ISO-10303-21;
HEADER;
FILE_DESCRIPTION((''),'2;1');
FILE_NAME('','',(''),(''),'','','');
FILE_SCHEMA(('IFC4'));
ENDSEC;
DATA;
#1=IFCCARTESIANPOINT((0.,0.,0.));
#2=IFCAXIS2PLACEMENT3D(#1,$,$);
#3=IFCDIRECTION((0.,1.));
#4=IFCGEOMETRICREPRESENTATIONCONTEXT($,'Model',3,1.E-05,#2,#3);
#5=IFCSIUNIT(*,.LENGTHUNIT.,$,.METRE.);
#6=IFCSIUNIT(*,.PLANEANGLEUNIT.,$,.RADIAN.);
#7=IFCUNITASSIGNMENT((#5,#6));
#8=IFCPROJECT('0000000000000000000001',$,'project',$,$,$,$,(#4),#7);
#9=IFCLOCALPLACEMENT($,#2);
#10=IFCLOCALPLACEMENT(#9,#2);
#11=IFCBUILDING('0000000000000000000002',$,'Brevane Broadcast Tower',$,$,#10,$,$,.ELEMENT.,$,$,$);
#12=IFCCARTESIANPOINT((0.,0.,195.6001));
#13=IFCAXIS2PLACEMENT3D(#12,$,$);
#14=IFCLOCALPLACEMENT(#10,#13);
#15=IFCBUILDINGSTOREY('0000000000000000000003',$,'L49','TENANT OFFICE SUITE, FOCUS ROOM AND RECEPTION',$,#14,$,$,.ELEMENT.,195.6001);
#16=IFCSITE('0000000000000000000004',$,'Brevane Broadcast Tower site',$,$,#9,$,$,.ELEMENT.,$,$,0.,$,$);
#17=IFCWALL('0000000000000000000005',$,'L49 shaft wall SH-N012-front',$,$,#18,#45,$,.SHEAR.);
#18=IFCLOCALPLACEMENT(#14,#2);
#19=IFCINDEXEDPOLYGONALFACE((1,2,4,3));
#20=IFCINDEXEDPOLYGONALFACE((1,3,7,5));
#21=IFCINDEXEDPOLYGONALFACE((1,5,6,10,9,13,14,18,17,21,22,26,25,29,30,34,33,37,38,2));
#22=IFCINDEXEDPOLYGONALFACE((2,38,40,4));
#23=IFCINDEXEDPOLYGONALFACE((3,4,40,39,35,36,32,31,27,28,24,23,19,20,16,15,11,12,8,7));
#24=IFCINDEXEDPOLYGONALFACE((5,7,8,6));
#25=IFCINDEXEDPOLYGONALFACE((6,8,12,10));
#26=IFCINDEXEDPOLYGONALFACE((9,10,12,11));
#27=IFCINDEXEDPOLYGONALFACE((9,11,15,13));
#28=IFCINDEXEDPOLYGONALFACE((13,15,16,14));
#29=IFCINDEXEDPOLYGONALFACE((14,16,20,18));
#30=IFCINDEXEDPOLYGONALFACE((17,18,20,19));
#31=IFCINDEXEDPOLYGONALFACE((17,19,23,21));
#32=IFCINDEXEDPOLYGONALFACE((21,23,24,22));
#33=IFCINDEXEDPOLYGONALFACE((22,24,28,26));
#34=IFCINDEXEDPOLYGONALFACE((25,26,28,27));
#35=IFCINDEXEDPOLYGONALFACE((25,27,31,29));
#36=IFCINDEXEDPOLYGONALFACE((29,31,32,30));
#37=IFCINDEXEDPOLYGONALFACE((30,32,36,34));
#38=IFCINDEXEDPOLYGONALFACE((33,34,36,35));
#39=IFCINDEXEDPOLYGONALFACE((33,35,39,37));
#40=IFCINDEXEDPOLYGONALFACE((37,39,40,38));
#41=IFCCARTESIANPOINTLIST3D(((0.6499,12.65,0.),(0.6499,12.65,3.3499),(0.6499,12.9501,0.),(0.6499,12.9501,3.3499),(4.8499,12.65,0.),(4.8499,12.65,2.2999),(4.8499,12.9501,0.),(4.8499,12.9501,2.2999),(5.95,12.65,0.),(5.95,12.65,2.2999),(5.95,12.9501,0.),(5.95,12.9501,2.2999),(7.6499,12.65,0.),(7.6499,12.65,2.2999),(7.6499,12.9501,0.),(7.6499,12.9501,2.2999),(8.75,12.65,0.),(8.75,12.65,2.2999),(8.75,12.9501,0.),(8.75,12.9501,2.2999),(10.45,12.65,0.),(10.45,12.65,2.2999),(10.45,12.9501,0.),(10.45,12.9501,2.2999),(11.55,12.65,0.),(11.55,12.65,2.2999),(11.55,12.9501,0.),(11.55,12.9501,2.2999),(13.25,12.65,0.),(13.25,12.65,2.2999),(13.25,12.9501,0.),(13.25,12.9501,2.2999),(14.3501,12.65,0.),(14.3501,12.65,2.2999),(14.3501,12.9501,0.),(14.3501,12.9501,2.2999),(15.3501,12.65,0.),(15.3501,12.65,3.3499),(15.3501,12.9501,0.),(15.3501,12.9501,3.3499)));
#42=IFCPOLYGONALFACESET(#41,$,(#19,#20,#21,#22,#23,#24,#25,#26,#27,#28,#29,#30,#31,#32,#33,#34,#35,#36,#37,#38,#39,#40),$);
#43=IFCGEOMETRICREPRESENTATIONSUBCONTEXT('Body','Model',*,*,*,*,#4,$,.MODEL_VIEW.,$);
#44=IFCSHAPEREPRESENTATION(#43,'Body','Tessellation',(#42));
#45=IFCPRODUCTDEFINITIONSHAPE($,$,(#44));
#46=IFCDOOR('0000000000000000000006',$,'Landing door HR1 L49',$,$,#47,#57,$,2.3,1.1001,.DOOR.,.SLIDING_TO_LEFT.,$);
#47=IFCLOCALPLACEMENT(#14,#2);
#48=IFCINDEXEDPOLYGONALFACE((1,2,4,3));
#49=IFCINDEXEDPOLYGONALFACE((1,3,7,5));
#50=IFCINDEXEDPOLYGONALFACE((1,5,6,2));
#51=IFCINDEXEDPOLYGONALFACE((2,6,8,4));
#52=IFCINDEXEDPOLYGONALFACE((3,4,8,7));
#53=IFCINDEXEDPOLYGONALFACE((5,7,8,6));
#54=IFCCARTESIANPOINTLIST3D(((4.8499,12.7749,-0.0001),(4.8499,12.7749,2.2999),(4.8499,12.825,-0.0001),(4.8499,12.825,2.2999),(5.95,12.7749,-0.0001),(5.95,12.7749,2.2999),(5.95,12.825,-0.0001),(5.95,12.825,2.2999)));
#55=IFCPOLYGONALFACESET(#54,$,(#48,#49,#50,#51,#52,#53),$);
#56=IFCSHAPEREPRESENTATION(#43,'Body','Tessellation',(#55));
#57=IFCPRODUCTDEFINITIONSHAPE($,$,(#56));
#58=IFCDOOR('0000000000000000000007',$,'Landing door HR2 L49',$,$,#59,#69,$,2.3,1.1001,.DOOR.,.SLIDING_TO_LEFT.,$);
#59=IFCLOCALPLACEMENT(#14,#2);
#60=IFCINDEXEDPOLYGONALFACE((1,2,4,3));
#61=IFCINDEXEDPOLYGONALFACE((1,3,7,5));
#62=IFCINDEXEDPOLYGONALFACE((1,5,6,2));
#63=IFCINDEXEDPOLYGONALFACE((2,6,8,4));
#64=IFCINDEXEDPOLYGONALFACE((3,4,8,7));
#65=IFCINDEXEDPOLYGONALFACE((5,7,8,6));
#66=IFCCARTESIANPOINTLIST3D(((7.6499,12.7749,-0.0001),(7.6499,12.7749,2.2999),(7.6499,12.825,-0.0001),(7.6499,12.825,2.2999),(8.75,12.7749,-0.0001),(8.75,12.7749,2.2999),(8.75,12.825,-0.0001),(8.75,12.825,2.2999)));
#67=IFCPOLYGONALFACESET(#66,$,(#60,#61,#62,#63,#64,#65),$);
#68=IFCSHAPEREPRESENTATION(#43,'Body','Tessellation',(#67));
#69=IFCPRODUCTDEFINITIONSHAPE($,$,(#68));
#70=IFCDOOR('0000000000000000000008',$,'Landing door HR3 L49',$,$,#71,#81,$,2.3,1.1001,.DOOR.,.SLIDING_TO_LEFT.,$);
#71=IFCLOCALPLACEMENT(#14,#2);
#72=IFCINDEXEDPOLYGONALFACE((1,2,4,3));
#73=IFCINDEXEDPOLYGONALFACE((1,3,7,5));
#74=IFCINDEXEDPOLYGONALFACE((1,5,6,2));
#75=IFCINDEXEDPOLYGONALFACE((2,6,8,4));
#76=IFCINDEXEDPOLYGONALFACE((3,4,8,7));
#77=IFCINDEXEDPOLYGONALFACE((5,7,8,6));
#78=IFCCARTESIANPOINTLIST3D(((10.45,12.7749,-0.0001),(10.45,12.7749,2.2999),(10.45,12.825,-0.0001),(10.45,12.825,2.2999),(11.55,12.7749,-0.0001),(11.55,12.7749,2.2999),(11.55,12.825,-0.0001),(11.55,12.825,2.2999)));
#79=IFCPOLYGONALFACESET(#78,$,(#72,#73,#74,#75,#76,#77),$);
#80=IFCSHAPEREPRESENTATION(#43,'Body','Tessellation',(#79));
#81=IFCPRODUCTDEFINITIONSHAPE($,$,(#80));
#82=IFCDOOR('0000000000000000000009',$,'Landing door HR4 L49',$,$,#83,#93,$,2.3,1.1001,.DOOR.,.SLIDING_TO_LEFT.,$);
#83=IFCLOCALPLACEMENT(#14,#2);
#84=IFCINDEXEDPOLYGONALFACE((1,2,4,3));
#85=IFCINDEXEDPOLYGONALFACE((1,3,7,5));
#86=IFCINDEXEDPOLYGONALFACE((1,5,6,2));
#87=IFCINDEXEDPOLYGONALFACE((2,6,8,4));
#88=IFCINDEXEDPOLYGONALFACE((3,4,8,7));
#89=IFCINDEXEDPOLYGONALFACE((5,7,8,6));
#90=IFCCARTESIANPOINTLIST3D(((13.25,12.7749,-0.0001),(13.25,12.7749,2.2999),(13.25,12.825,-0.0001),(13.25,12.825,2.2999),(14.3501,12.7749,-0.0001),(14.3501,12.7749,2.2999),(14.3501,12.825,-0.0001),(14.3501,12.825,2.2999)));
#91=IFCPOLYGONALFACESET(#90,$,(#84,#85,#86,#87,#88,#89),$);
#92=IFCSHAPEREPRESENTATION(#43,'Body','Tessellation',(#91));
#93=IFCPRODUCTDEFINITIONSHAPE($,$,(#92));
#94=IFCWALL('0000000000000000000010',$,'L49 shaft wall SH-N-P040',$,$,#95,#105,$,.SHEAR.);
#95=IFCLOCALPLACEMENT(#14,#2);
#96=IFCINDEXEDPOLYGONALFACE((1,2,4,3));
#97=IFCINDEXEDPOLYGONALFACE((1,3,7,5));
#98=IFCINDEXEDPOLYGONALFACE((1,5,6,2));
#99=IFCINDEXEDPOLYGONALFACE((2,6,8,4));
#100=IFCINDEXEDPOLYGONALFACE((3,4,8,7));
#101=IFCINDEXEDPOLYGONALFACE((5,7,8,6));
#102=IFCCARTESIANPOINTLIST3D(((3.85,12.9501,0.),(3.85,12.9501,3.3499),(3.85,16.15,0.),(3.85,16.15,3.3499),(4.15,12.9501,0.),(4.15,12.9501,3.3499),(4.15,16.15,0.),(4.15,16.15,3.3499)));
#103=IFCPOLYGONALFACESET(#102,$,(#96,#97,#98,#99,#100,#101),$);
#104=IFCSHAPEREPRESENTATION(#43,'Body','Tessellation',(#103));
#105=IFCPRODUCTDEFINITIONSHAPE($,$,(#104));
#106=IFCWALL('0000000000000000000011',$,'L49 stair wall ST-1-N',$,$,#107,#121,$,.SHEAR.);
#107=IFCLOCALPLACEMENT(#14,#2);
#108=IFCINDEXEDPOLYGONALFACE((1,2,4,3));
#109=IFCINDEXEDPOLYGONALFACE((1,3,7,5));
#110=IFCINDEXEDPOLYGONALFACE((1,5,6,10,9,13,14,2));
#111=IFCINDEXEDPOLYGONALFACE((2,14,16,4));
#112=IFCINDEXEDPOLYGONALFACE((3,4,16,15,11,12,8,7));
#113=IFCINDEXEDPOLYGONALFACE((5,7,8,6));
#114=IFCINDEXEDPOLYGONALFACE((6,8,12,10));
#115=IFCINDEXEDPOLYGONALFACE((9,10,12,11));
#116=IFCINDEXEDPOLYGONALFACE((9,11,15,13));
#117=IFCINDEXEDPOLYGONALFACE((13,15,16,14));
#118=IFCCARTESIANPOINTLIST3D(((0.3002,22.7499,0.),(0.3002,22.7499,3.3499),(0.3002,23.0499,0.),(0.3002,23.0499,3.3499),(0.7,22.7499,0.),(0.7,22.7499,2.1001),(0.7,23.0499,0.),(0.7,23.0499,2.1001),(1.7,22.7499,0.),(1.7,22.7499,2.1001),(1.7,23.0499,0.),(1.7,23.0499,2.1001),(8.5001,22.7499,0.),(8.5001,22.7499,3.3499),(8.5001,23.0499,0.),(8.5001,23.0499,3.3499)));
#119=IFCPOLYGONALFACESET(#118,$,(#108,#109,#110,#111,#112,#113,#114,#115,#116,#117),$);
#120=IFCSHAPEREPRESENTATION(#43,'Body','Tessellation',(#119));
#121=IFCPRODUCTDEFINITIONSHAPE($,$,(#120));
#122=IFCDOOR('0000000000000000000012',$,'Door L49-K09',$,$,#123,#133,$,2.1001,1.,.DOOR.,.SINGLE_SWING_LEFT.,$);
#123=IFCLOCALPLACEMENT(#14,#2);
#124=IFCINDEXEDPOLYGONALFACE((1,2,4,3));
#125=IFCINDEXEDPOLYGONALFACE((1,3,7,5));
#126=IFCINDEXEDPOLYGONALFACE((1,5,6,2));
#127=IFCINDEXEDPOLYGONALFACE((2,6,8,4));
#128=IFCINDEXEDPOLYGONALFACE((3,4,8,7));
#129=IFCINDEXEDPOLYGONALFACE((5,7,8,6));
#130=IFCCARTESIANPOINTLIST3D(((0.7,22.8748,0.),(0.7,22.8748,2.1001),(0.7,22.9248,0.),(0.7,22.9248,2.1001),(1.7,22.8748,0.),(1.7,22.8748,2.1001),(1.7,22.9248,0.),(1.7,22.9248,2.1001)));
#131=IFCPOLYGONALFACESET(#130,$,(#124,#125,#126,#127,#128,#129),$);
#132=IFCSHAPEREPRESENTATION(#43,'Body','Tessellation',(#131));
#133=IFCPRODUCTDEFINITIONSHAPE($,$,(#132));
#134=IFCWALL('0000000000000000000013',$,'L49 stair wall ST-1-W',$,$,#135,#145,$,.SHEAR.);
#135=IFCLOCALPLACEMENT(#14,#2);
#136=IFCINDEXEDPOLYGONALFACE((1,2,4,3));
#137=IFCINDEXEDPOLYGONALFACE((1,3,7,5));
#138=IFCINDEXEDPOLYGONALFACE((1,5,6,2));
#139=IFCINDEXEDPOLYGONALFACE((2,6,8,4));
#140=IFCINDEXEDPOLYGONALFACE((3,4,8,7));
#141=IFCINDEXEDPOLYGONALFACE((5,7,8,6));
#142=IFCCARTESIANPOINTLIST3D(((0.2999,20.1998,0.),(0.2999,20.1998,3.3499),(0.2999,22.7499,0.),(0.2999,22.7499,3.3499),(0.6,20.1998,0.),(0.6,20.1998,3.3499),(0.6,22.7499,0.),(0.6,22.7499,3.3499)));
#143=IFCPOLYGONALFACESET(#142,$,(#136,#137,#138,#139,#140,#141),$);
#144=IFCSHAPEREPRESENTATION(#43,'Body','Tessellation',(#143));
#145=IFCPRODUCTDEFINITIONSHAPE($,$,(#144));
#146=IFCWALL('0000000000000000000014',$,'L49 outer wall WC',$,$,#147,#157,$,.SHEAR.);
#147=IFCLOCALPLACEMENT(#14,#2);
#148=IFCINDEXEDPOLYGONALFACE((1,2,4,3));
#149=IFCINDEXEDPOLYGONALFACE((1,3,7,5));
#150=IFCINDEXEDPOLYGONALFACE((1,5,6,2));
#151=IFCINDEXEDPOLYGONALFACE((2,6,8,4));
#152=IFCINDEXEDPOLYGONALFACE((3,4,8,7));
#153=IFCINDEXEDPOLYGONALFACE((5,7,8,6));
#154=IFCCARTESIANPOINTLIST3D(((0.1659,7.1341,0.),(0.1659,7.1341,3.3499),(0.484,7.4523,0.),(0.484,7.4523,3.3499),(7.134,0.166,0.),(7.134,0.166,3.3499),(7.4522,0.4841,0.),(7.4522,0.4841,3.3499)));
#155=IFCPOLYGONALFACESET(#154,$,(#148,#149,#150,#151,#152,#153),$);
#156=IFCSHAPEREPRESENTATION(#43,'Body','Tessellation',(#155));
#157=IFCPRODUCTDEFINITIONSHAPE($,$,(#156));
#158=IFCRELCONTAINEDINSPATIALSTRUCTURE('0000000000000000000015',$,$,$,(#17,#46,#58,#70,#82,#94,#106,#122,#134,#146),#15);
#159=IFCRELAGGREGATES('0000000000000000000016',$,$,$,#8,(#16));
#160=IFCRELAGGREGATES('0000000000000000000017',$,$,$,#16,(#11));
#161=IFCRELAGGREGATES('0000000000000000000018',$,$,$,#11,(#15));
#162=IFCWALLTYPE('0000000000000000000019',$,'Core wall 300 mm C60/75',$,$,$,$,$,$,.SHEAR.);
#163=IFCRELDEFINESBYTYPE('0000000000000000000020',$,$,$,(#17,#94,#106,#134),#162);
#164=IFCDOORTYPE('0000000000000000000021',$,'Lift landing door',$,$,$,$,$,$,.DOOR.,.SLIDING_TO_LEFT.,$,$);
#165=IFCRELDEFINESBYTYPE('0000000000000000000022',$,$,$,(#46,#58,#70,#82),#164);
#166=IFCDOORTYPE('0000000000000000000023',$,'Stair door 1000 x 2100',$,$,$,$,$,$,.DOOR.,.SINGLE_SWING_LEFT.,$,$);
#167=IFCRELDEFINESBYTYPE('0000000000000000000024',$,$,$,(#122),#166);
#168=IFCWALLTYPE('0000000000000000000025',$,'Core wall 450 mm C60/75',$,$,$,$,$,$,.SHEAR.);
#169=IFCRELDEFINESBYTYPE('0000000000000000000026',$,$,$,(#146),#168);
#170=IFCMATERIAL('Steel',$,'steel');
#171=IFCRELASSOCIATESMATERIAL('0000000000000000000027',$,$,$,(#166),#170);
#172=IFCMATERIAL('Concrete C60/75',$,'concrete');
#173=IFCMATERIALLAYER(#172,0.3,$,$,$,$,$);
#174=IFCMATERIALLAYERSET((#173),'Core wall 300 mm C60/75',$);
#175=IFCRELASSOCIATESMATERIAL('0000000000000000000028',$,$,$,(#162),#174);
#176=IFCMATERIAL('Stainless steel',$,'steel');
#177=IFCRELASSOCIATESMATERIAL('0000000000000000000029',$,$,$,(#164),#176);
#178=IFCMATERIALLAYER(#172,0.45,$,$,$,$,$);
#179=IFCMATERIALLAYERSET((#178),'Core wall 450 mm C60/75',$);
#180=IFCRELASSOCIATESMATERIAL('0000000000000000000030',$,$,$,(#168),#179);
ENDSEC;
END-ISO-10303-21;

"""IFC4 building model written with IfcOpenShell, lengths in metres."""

from ifc_helpers import new_model, si_unit, direction, frame, frame_2d, origin, place, context, subcontext, project, spatial, rectangle, extrude, material, layer, layer_set, type_object, element, fill, save


model = new_model("IFC4")

# Units and contexts
model_context = context("Model", 3, precision=1e-05, world=origin(), true_north=direction((0.0, 1.0)))
body_context = subcontext(model_context, "Body", "Model", "MODEL_VIEW")
ifc_project = project(units=[si_unit("LENGTHUNIT", "METRE"), si_unit("PLANEANGLEUNIT", "RADIAN")], contexts=[model_context])

# Site, building, storey
site_placement = place(None, origin())
site = spatial("IfcSite", under=ifc_project, at=site_placement, Name="Brevane Broadcast Tower site", CompositionType="ELEMENT", RefElevation=0.0)
building_placement = place(site_placement, origin())
building = spatial("IfcBuilding", under=site, at=building_placement, Name="Brevane Broadcast Tower", CompositionType="ELEMENT")
storey_placement = place(building_placement, frame((0.0, 0.0, 195.6001)))
storey = spatial("IfcBuildingStorey", under=building, at=storey_placement, Name="L49", Description="TENANT OFFICE SUITE, FOCUS ROOM AND RECEPTION", CompositionType="ELEMENT", Elevation=195.6001)

# Shared definitions
ifc_material_1 = material(Name="Steel", Category="steel")
door_type_1 = type_object("IfcDoorType", Name="Stair door 1000 x 2100", OperationType="SINGLE_SWING_LEFT", PredefinedType="DOOR", material=ifc_material_1)

# Wall, openings, doors
ifc_material_2 = material(Name="Concrete C60/75", Category="concrete")
ifc_layer_1 = layer(ifc_material_2, 0.3)
ifc_layer_set_1 = layer_set([ifc_layer_1], Name="Core wall 300 mm C60/75")
wall_type_1 = type_object("IfcWallType", Name="Core wall 300 mm C60/75", PredefinedType="SHEAR", material=ifc_layer_set_1)
wall_1_placement = place(storey_placement, frame((0.6499, 12.8, 0.0), z_axis=(0.0, 0.0, 1.0), x_axis=(1.0, 0.0, 0.0)))
wall_1 = element("IfcWall", 1, at=wall_1_placement, inside=storey, type_object=wall_type_1, Name="L49 shaft wall SH-N012-front", PredefinedType="SHEAR", context=body_context, shape_type="SweptSolid", body=[
    extrude(rectangle(XDim=14.7002, YDim=0.3, at=frame_2d((7.3501, 0.0))), origin(), (0.0, 0.0, 1.0), 3.3499),
])
opening_1_placement = place(wall_1_placement, frame((4.2, 0.0, 0.0)))
opening_1 = element("IfcOpeningElement", 2, at=opening_1_placement, cuts=wall_1, PredefinedType="OPENING", context=body_context, shape_type="SweptSolid", body=[
    extrude(rectangle(XDim=1.1001, YDim=2.3, at=frame_2d((0.55, 1.1499))), frame((0.0, 0.1599, 0.0), z_axis=(0.0, -1.0, 0.0), x_axis=(1.0, 0.0, 0.0)), (0.0, 0.0, 1.0), 0.3201),
])
opening_2_placement = place(wall_1_placement, frame((7.0, 0.0, 0.0)))
opening_2 = element("IfcOpeningElement", 3, at=opening_2_placement, cuts=wall_1, PredefinedType="OPENING", context=body_context, shape_type="SweptSolid", body=[
    extrude(rectangle(XDim=1.1001, YDim=2.3, at=frame_2d((0.55, 1.1499))), frame((0.0, 0.1599, 0.0), z_axis=(0.0, -1.0, 0.0), x_axis=(1.0, 0.0, 0.0)), (0.0, 0.0, 1.0), 0.3201),
])
opening_3_placement = place(wall_1_placement, frame((9.8, 0.0, 0.0)))
opening_3 = element("IfcOpeningElement", 4, at=opening_3_placement, cuts=wall_1, PredefinedType="OPENING", context=body_context, shape_type="SweptSolid", body=[
    extrude(rectangle(XDim=1.1001, YDim=2.3, at=frame_2d((0.55, 1.1499))), frame((0.0, 0.1599, 0.0), z_axis=(0.0, -1.0, 0.0), x_axis=(1.0, 0.0, 0.0)), (0.0, 0.0, 1.0), 0.3201),
])
opening_4_placement = place(wall_1_placement, frame((12.6001, 0.0, 0.0)))
opening_4 = element("IfcOpeningElement", 5, at=opening_4_placement, cuts=wall_1, PredefinedType="OPENING", context=body_context, shape_type="SweptSolid", body=[
    extrude(rectangle(XDim=1.1001, YDim=2.3, at=frame_2d((0.55, 1.1499))), frame((0.0, 0.1599, 0.0), z_axis=(0.0, -1.0, 0.0), x_axis=(1.0, 0.0, 0.0)), (0.0, 0.0, 1.0), 0.3201),
])
ifc_material_3 = material(Name="Stainless steel", Category="steel")
door_type_2 = type_object("IfcDoorType", Name="Lift landing door", OperationType="SLIDING_TO_LEFT", PredefinedType="DOOR", material=ifc_material_3)
door_1_placement = place(opening_1_placement, origin())
door_1 = element("IfcDoor", 6, at=door_1_placement, inside=storey, type_object=door_type_2, Name="Landing door HR1 L49", OperationType="SLIDING_TO_LEFT", OverallHeight=2.3, OverallWidth=1.1001, PredefinedType="DOOR", context=body_context, shape_type="SweptSolid", body=[
    extrude(rectangle(XDim=1.1001, YDim=2.3, at=frame_2d((0.55, 1.1499))), frame((0.0, 0.0249, 0.0), z_axis=(0.0, -1.0, 0.0), x_axis=(1.0, 0.0, 0.0)), (0.0, 0.0, 1.0), 0.05),
])
fill(opening_1, door_1)
door_2_placement = place(opening_2_placement, origin())
door_2 = element("IfcDoor", 7, at=door_2_placement, inside=storey, type_object=door_type_2, Name="Landing door HR2 L49", OperationType="SLIDING_TO_LEFT", OverallHeight=2.3, OverallWidth=1.1001, PredefinedType="DOOR", context=body_context, shape_type="SweptSolid", body=[
    extrude(rectangle(XDim=1.1001, YDim=2.3, at=frame_2d((0.55, 1.1499))), frame((0.0, 0.0249, 0.0), z_axis=(0.0, -1.0, 0.0), x_axis=(1.0, 0.0, 0.0)), (0.0, 0.0, 1.0), 0.05),
])
fill(opening_2, door_2)
door_3_placement = place(opening_3_placement, origin())
door_3 = element("IfcDoor", 8, at=door_3_placement, inside=storey, type_object=door_type_2, Name="Landing door HR3 L49", OperationType="SLIDING_TO_LEFT", OverallHeight=2.3, OverallWidth=1.1001, PredefinedType="DOOR", context=body_context, shape_type="SweptSolid", body=[
    extrude(rectangle(XDim=1.1001, YDim=2.3, at=frame_2d((0.55, 1.1499))), frame((0.0, 0.0249, 0.0), z_axis=(0.0, -1.0, 0.0), x_axis=(1.0, 0.0, 0.0)), (0.0, 0.0, 1.0), 0.05),
])
fill(opening_3, door_3)
door_4_placement = place(opening_4_placement, origin())
door_4 = element("IfcDoor", 9, at=door_4_placement, inside=storey, type_object=door_type_2, Name="Landing door HR4 L49", OperationType="SLIDING_TO_LEFT", OverallHeight=2.3, OverallWidth=1.1001, PredefinedType="DOOR", context=body_context, shape_type="SweptSolid", body=[
    extrude(rectangle(XDim=1.1001, YDim=2.3, at=frame_2d((0.55, 1.1499))), frame((0.0, 0.0249, 0.0), z_axis=(0.0, -1.0, 0.0), x_axis=(1.0, 0.0, 0.0)), (0.0, 0.0, 1.0), 0.05),
])
fill(opening_4, door_4)

# Wall
wall_2_placement = place(storey_placement, frame((4.0, 12.95, 0.0), z_axis=(0.0, 0.0, 1.0), x_axis=(0.0, 1.0, 0.0)))
element("IfcWall", 10, at=wall_2_placement, inside=storey, type_object=wall_type_1, Name="L49 shaft wall SH-N-P040", PredefinedType="SHEAR", context=body_context, shape_type="SweptSolid", body=[
    extrude(rectangle(XDim=3.2, YDim=0.3, at=frame_2d((1.6001, 0.0))), origin(), (0.0, 0.0, 1.0), 3.3499),
])

# Wall, opening, door
wall_3_placement = place(storey_placement, frame((0.3, 22.8999, 0.0), z_axis=(0.0, 0.0, 1.0), x_axis=(1.0, 0.0, 0.0)))
wall_3 = element("IfcWall", 11, at=wall_3_placement, inside=storey, type_object=wall_type_1, Name="L49 stair wall ST-1-N", PredefinedType="SHEAR", context=body_context, shape_type="SweptSolid", body=[
    extrude(rectangle(XDim=8.2, YDim=0.3, at=frame_2d((4.1001, 0.0))), origin(), (0.0, 0.0, 1.0), 3.3499),
])
opening_5_placement = place(wall_3_placement, frame((0.3999, 0.0, 0.0)))
opening_5 = element("IfcOpeningElement", 12, at=opening_5_placement, cuts=wall_3, PredefinedType="OPENING", context=body_context, shape_type="SweptSolid", body=[
    extrude(rectangle(XDim=1.0, YDim=2.1001, at=frame_2d((0.5, 1.05))), frame((0.0, 0.1599, 0.0), z_axis=(0.0, -1.0, 0.0), x_axis=(1.0, 0.0, 0.0)), (0.0, 0.0, 1.0), 0.3201),
])
door_5_placement = place(opening_5_placement, origin())
door_5 = element("IfcDoor", 13, at=door_5_placement, inside=storey, type_object=door_type_1, Name="Door L49-K09", OperationType="SINGLE_SWING_LEFT", OverallHeight=2.1001, OverallWidth=1.0, PredefinedType="DOOR", context=body_context, shape_type="SweptSolid", body=[
    extrude(rectangle(XDim=1.0, YDim=2.1001, at=frame_2d((0.5, 1.05))), frame((0.0, 0.0249, 0.0), z_axis=(0.0, -1.0, 0.0), x_axis=(1.0, 0.0, 0.0)), (0.0, 0.0, 1.0), 0.05),
])
fill(opening_5, door_5)

# Walls
wall_4_placement = place(storey_placement, frame((0.45, 20.2, 0.0), z_axis=(0.0, 0.0, 1.0), x_axis=(0.0, 1.0, 0.0)))
element("IfcWall", 14, at=wall_4_placement, inside=storey, type_object=wall_type_1, Name="L49 stair wall ST-1-W", PredefinedType="SHEAR", context=body_context, shape_type="SweptSolid", body=[
    extrude(rectangle(XDim=2.55, YDim=0.3, at=frame_2d((1.2749, 0.0))), origin(), (0.0, 0.0, 1.0), 3.3499),
])
ifc_layer_2 = layer(ifc_material_2, 0.45)
ifc_layer_set_2 = layer_set([ifc_layer_2], Name="Core wall 450 mm C60/75")
wall_type_2 = type_object("IfcWallType", Name="Core wall 450 mm C60/75", PredefinedType="SHEAR", material=ifc_layer_set_2)
wall_5_placement = place(storey_placement, frame((0.325, 7.2932, 0.0), z_axis=(0.0, 0.0, 1.0), x_axis=(0.707107, -0.707107, 0.0)))
element("IfcWall", 15, at=wall_5_placement, inside=storey, type_object=wall_type_2, Name="L49 outer wall WC", PredefinedType="SHEAR", context=body_context, shape_type="SweptSolid", body=[
    extrude(rectangle(XDim=9.8545, YDim=0.45, at=frame_2d((4.9272, 0.0))), origin(), (0.0, 0.0, 1.0), 3.3499),
])

save(model, "model.ifc")
